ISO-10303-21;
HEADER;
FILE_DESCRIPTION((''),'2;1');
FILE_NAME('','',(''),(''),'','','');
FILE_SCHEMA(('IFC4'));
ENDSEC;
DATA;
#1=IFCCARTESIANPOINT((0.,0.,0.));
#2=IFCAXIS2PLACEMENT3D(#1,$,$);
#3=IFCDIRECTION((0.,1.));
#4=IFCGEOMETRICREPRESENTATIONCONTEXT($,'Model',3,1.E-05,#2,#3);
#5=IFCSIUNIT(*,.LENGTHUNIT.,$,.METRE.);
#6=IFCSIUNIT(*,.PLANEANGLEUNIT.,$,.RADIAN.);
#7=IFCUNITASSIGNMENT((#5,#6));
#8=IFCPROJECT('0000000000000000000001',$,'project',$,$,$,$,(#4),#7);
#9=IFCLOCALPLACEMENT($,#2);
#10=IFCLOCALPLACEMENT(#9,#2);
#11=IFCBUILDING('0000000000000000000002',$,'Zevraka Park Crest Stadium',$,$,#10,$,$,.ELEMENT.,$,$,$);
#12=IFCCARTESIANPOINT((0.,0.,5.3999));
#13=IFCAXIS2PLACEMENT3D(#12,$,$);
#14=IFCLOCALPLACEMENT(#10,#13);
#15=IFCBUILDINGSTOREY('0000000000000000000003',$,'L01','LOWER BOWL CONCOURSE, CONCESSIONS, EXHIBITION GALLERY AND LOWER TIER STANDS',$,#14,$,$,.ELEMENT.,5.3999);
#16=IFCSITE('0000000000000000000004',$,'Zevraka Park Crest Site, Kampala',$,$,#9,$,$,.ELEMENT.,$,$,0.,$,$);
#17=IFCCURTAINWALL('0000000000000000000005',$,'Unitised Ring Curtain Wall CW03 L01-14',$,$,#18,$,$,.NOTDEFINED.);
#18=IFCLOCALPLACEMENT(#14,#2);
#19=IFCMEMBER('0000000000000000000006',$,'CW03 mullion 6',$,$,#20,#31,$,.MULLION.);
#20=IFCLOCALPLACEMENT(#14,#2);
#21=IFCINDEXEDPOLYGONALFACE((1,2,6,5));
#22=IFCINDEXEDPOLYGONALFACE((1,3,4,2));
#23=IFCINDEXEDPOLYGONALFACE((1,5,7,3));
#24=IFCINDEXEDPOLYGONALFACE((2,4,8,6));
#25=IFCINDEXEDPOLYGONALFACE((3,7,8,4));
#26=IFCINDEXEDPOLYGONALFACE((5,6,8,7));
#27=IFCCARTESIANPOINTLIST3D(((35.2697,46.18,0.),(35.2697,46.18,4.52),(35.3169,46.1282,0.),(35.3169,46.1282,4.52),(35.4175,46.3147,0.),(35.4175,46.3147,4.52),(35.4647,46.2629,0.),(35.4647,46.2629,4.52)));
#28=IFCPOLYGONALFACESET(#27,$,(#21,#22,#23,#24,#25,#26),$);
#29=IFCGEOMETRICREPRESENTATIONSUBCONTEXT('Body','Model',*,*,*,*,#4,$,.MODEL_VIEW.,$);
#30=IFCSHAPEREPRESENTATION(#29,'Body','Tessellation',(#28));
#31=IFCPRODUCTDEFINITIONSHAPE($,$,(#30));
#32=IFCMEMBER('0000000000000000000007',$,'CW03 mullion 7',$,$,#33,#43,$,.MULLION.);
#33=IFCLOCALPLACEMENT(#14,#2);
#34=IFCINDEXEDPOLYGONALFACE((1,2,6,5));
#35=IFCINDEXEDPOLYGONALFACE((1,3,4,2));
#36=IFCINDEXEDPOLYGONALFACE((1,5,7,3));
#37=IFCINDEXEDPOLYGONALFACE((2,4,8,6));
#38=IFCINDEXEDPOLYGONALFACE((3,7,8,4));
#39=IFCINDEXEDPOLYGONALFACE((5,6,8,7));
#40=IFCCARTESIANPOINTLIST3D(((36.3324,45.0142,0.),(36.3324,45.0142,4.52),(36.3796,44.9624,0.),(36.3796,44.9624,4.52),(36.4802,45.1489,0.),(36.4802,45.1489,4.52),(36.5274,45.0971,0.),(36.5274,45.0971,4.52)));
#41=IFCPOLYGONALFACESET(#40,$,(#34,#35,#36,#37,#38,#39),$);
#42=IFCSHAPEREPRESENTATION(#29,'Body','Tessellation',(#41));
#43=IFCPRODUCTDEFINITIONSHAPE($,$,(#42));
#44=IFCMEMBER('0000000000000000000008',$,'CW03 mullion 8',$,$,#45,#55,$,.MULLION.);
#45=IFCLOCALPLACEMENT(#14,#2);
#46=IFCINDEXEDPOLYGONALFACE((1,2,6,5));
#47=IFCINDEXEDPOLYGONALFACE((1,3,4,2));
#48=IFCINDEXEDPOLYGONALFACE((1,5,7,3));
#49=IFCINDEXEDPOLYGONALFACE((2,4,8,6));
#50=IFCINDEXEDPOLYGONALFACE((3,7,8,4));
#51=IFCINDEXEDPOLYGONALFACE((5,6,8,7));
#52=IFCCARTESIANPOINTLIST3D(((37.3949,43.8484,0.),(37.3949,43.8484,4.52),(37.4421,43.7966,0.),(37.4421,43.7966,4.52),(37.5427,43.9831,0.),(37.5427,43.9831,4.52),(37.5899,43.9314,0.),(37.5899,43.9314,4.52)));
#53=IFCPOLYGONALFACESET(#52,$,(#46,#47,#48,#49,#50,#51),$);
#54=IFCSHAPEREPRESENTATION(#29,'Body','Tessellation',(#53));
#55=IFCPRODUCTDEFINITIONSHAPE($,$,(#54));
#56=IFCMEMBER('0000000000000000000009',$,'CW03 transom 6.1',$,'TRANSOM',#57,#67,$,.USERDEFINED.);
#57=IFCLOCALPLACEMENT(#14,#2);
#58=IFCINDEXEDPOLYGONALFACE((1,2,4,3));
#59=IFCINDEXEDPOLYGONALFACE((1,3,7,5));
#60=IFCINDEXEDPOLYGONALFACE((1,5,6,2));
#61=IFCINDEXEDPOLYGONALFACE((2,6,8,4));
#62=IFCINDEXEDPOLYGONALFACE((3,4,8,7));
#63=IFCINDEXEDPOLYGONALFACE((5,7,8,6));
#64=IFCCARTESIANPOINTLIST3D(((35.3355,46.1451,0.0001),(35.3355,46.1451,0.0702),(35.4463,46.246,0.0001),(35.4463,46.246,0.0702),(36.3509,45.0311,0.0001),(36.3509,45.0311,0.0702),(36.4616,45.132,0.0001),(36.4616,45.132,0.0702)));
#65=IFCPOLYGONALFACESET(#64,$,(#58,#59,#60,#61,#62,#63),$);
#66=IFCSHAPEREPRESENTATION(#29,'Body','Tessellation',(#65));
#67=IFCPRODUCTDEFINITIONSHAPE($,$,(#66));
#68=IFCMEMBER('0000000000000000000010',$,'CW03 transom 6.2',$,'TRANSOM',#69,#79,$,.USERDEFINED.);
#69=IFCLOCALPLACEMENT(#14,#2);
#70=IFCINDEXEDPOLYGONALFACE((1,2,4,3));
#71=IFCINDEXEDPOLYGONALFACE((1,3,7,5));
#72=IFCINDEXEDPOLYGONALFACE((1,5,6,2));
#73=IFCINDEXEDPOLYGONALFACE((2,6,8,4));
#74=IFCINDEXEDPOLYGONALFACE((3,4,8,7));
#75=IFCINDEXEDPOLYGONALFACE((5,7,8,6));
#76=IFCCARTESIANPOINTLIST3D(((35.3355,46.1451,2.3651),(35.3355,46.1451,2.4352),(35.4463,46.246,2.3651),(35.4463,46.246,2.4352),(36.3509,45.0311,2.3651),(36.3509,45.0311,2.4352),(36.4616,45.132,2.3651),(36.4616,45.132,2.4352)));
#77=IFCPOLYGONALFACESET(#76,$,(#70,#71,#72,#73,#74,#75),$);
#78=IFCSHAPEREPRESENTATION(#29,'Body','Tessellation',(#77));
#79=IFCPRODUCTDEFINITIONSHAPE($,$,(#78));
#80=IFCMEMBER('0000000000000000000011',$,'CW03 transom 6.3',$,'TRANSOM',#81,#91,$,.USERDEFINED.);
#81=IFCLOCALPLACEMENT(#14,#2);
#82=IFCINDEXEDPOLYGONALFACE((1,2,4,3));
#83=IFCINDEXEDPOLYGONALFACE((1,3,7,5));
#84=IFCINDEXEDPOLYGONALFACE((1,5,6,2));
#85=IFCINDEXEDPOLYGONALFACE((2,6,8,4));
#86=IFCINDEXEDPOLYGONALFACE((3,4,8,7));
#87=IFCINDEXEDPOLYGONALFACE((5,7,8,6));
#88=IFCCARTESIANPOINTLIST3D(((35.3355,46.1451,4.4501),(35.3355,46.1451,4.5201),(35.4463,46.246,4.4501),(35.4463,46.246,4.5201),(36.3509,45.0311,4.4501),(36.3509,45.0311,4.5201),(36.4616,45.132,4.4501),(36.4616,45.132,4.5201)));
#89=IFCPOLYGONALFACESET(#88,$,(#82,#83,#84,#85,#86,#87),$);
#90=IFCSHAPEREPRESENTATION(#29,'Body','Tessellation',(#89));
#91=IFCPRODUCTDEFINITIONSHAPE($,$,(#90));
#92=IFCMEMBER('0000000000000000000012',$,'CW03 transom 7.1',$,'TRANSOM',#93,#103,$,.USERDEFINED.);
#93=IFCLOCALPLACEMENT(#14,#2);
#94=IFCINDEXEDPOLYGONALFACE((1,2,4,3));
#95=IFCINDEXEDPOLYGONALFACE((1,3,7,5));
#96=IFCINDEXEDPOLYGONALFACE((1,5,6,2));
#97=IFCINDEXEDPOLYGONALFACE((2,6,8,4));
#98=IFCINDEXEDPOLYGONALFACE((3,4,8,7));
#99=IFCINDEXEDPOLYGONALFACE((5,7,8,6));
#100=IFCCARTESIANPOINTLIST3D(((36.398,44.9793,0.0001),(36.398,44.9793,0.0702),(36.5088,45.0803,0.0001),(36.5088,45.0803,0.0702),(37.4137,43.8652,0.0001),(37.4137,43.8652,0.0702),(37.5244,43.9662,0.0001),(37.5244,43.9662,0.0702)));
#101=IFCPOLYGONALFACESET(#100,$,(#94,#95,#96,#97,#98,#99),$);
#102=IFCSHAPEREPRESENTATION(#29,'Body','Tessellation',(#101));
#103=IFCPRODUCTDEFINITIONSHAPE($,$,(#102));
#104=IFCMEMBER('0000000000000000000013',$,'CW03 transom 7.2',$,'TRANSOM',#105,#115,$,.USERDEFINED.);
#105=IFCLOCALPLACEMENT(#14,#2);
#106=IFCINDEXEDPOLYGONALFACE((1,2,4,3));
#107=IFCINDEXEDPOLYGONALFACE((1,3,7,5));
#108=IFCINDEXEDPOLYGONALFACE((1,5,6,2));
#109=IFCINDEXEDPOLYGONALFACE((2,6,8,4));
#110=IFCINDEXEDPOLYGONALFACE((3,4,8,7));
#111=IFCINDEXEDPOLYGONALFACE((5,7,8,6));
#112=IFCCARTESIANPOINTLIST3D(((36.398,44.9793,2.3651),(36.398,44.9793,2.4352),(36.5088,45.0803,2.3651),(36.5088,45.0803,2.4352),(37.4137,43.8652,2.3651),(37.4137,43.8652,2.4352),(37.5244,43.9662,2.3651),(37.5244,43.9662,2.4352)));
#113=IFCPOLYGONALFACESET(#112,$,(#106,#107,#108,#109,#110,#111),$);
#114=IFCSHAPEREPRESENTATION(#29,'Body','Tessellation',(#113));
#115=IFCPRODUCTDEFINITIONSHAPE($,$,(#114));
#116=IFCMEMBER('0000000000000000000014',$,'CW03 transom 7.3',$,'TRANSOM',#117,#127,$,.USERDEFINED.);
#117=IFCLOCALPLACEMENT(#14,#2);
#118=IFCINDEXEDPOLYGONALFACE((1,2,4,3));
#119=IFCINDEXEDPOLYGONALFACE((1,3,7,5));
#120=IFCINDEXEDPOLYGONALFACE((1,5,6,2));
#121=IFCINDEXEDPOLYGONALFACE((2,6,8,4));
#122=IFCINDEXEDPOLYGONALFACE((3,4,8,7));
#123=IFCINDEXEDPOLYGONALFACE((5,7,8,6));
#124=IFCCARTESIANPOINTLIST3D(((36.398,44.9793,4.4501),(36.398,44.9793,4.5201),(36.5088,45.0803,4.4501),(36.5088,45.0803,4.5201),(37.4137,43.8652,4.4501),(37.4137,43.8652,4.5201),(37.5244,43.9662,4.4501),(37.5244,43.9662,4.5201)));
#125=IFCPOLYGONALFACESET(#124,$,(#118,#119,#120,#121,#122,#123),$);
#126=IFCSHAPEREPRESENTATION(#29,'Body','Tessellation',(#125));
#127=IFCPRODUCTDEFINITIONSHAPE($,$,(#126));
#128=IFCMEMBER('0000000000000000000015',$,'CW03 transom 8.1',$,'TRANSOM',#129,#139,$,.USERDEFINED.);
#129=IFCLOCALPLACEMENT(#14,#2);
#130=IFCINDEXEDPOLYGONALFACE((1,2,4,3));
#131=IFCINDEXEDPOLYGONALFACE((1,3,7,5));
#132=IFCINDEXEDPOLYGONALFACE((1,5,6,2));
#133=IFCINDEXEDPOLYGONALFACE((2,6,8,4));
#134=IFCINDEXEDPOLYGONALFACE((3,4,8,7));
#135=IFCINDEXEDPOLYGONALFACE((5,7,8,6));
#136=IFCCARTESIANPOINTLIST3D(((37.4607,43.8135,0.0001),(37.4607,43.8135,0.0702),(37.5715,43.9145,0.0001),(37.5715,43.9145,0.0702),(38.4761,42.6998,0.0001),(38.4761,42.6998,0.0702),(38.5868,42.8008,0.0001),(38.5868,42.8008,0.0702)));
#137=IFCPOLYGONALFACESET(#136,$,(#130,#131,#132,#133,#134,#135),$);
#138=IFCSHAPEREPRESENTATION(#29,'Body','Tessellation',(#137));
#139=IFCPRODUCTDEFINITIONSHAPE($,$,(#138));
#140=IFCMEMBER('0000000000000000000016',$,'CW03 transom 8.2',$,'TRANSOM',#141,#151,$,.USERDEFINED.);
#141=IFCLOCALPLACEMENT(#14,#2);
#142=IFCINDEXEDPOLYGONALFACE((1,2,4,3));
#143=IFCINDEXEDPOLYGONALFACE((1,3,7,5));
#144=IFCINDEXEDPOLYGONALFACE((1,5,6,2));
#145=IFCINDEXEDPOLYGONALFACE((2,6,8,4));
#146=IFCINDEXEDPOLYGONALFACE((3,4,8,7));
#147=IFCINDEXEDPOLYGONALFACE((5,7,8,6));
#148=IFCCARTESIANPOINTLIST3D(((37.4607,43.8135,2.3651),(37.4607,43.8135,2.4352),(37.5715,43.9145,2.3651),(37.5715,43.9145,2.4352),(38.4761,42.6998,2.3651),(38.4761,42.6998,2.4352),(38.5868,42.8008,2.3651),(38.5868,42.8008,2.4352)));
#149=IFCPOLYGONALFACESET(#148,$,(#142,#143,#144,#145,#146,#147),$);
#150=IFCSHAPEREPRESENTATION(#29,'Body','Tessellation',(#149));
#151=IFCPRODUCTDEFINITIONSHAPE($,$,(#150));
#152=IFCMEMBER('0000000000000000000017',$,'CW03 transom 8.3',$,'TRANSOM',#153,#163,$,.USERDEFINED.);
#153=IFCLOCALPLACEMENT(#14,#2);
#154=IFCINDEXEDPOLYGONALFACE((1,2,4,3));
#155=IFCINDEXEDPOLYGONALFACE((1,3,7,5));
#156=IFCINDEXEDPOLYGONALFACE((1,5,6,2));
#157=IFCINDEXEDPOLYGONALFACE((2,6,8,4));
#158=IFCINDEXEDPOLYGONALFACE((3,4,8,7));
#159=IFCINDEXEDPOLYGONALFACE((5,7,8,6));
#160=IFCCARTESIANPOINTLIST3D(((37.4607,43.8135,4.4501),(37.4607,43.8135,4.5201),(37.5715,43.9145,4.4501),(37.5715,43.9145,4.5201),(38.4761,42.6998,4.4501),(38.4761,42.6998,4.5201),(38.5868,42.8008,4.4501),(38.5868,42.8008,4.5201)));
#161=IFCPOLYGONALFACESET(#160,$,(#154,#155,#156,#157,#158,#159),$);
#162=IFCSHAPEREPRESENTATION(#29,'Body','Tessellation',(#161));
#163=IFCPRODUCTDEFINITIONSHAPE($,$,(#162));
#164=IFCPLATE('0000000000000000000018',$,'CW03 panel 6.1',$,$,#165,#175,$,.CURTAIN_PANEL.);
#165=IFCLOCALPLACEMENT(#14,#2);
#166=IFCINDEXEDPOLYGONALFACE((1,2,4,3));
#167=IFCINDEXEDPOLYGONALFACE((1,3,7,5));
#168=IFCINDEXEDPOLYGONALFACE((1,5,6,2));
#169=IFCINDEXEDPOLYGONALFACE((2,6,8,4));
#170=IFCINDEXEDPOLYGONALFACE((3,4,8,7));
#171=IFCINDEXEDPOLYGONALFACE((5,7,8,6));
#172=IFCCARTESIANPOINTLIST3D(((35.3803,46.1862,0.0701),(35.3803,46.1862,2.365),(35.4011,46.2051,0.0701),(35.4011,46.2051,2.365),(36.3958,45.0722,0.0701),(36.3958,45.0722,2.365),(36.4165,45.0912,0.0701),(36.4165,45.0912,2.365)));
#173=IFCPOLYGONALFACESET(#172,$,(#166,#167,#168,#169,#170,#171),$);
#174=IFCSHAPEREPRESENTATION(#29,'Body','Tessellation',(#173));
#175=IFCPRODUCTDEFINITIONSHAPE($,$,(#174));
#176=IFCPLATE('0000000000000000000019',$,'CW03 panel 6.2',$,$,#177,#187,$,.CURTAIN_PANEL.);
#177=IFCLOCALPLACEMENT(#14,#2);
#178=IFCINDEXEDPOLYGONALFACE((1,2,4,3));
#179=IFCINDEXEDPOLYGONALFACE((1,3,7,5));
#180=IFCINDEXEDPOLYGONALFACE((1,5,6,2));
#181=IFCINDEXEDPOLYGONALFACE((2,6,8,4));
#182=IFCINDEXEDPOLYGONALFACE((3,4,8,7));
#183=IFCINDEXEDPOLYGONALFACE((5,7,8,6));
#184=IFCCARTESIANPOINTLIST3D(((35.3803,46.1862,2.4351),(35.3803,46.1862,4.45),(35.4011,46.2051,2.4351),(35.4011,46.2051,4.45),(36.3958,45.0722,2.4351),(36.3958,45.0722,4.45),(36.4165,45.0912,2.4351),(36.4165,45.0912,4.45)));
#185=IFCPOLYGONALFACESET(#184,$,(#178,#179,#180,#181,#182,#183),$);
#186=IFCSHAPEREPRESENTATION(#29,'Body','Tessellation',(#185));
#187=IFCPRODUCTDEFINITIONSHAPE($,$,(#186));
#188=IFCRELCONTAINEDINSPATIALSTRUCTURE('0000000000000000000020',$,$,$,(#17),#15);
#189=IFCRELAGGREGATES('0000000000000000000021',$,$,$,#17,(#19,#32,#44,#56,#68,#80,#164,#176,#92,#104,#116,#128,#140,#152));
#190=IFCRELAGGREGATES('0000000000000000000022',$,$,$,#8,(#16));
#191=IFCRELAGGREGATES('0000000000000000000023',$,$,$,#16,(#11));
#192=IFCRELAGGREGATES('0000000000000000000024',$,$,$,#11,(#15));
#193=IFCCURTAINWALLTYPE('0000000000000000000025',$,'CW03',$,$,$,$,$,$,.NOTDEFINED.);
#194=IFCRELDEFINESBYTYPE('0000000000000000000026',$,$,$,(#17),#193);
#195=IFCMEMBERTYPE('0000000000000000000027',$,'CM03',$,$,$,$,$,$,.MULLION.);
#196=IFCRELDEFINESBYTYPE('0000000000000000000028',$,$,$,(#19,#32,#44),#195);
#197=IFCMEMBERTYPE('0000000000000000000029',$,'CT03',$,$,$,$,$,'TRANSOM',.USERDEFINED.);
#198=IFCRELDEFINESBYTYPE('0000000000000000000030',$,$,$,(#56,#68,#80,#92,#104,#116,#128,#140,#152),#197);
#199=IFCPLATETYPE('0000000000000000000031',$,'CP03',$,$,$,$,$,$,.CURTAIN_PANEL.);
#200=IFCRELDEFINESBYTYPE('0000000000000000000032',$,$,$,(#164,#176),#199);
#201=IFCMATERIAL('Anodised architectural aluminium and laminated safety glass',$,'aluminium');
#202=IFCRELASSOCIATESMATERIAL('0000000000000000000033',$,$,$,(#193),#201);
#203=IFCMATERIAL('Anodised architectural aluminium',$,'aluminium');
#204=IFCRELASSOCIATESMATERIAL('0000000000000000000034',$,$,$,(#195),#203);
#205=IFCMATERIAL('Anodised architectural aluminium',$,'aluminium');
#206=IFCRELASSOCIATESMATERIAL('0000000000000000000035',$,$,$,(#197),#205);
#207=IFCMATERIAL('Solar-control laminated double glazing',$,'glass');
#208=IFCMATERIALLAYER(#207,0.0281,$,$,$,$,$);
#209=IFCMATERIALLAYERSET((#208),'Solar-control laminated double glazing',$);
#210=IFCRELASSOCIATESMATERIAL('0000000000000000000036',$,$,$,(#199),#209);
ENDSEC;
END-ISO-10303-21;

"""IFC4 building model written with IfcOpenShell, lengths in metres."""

from ifc_helpers import new_model, si_unit, direction, frame, origin, origin_2d, place, context, subcontext, project, spatial, rectangle, extrude, material, layer, layer_set, material_profile, profile_set, type_object, element, aggregate, save


model = new_model("IFC4")

# Units and contexts
model_context = context("Model", 3, precision=1e-05, world=origin(), true_north=direction((0.0, 1.0)))
body_context = subcontext(model_context, "Body", "Model", "MODEL_VIEW")
ifc_project = project(units=[si_unit("LENGTHUNIT", "METRE"), si_unit("PLANEANGLEUNIT", "RADIAN")], contexts=[model_context])

# Site, building, storey
site_placement = place(None, origin())
site = spatial("IfcSite", under=ifc_project, at=site_placement, Name="Zevraka Park Crest Site, Kampala", CompositionType="ELEMENT", RefElevation=0.0)
building_placement = place(site_placement, origin())
building = spatial("IfcBuilding", under=site, at=building_placement, Name="Zevraka Park Crest Stadium", CompositionType="ELEMENT")
storey_placement = place(building_placement, frame((0.0, 0.0, 5.3999)))
storey = spatial("IfcBuildingStorey", under=building, at=storey_placement, Name="L01", Description="LOWER BOWL CONCOURSE, CONCESSIONS, EXHIBITION GALLERY AND LOWER TIER STANDS", CompositionType="ELEMENT", Elevation=5.3999)

# Curtain wall, members, plates
ifc_material_1 = material(Name="Anodised architectural aluminium and laminated safety glass", Category="aluminium")
curtain_wall_type = type_object("IfcCurtainWallType", Name="CW03", PredefinedType="NOTDEFINED", material=ifc_material_1)
curtain_wall_placement = place(storey_placement, origin())
curtain_wall = element("IfcCurtainWall", 1, at=curtain_wall_placement, inside=storey, type_object=curtain_wall_type, Name="Unitised Ring Curtain Wall CW03 L01-14", PredefinedType="NOTDEFINED")
ifc_material_2 = material(Name="Anodised architectural aluminium", Category="aluminium")
ifc_material_profile_1 = material_profile(ifc_material_2, rectangle(XDim=0.2, YDim=0.0701, at=origin_2d()), Name="ALU MULLION 200x70")
ifc_profile_set_1 = profile_set([ifc_material_profile_1], Name="Anodised architectural aluminium")
member_type_1 = type_object("IfcMemberType", Name="CM03", PredefinedType="MULLION", material=ifc_profile_set_1)
member_1_placement = place(storey_placement, frame((35.3672, 46.2214, 0.0), z_axis=(0.0, 0.0, 1.0), x_axis=(0.739023, 0.67368, 0.0)))
member_1 = element("IfcMember", 2, at=member_1_placement, type_object=member_type_1, Name="CW03 mullion 6", PredefinedType="MULLION", context=body_context, shape_type="SweptSolid", body=[
    extrude(rectangle(XDim=0.2, YDim=0.0701, at=origin_2d()), origin(), (0.0, 0.0, 1.0), 4.52),
])
member_2_placement = place(storey_placement, frame((36.4299, 45.0557, 0.0), z_axis=(0.0, 0.0, 1.0), x_axis=(0.739023, 0.67368, 0.0)))
member_2 = element("IfcMember", 3, at=member_2_placement, type_object=member_type_1, Name="CW03 mullion 7", PredefinedType="MULLION", context=body_context, shape_type="SweptSolid", body=[
    extrude(rectangle(XDim=0.2, YDim=0.0701, at=origin_2d()), origin(), (0.0, 0.0, 1.0), 4.52),
])
member_3_placement = place(storey_placement, frame((37.4924, 43.8899, 0.0), z_axis=(0.0, 0.0, 1.0), x_axis=(0.739023, 0.67368, 0.0)))
member_3 = element("IfcMember", 4, at=member_3_placement, type_object=member_type_1, Name="CW03 mullion 8", PredefinedType="MULLION", context=body_context, shape_type="SweptSolid", body=[
    extrude(rectangle(XDim=0.2, YDim=0.0701, at=origin_2d()), origin(), (0.0, 0.0, 1.0), 4.52),
])
ifc_material_3 = material(Name="Anodised architectural aluminium", Category="aluminium")
ifc_material_profile_2 = material_profile(ifc_material_3, rectangle(XDim=0.1499, YDim=0.0701, at=origin_2d()), Name="ALU TRANSOM 150x70")
ifc_profile_set_2 = profile_set([ifc_material_profile_2], Name="Anodised architectural aluminium")
member_type_2 = type_object("IfcMemberType", Name="CT03", ElementType="TRANSOM", PredefinedType="USERDEFINED", material=ifc_profile_set_2)
member_4_placement = place(storey_placement, frame((35.3909, 46.1956, 0.0352), z_axis=(0.673632, -0.739067, 0.0), x_axis=(0.739067, 0.673632, 0.0)))
member_4 = element("IfcMember", 5, at=member_4_placement, type_object=member_type_2, Name="CW03 transom 6.1", ObjectType="TRANSOM", PredefinedType="USERDEFINED", context=body_context, shape_type="SweptSolid", body=[
    extrude(rectangle(XDim=0.1499, YDim=0.0701, at=origin_2d()), origin(), (0.0, 0.0, 1.0), 1.5073),
])
member_5_placement = place(storey_placement, frame((35.3909, 46.1956, 2.4001), z_axis=(0.673632, -0.739067, 0.0), x_axis=(0.739067, 0.673632, 0.0)))
member_5 = element("IfcMember", 6, at=member_5_placement, type_object=member_type_2, Name="CW03 transom 6.2", ObjectType="TRANSOM", PredefinedType="USERDEFINED", context=body_context, shape_type="SweptSolid", body=[
    extrude(rectangle(XDim=0.1499, YDim=0.0701, at=origin_2d()), origin(), (0.0, 0.0, 1.0), 1.5073),
])
member_6_placement = place(storey_placement, frame((35.3909, 46.1956, 4.4851), z_axis=(0.673632, -0.739067, 0.0), x_axis=(0.739067, 0.673632, 0.0)))
member_6 = element("IfcMember", 7, at=member_6_placement, type_object=member_type_2, Name="CW03 transom 6.3", ObjectType="TRANSOM", PredefinedType="USERDEFINED", context=body_context, shape_type="SweptSolid", body=[
    extrude(rectangle(XDim=0.1499, YDim=0.0701, at=origin_2d()), origin(), (0.0, 0.0, 1.0), 1.5073),
])
member_7_placement = place(storey_placement, frame((36.4534, 45.0298, 0.0352), z_axis=(0.67372, -0.738987, 0.0), x_axis=(0.738987, 0.67372, 0.0)))
member_7 = element("IfcMember", 8, at=member_7_placement, type_object=member_type_2, Name="CW03 transom 7.1", ObjectType="TRANSOM", PredefinedType="USERDEFINED", context=body_context, shape_type="SweptSolid", body=[
    extrude(rectangle(XDim=0.1499, YDim=0.0701, at=origin_2d()), origin(), (0.0, 0.0, 1.0), 1.5076),
])
member_8_placement = place(storey_placement, frame((36.4534, 45.0298, 2.4001), z_axis=(0.67372, -0.738987, 0.0), x_axis=(0.738987, 0.67372, 0.0)))
member_8 = element("IfcMember", 9, at=member_8_placement, type_object=member_type_2, Name="CW03 transom 7.2", ObjectType="TRANSOM", PredefinedType="USERDEFINED", context=body_context, shape_type="SweptSolid", body=[
    extrude(rectangle(XDim=0.1499, YDim=0.0701, at=origin_2d()), origin(), (0.0, 0.0, 1.0), 1.5076),
])
member_9_placement = place(storey_placement, frame((36.4534, 45.0298, 4.4851), z_axis=(0.67372, -0.738987, 0.0), x_axis=(0.738987, 0.67372, 0.0)))
member_9 = element("IfcMember", 10, at=member_9_placement, type_object=member_type_2, Name="CW03 transom 7.3", ObjectType="TRANSOM", PredefinedType="USERDEFINED", context=body_context, shape_type="SweptSolid", body=[
    extrude(rectangle(XDim=0.1499, YDim=0.0701, at=origin_2d()), origin(), (0.0, 0.0, 1.0), 1.5076),
])
member_10_placement = place(storey_placement, frame((37.5161, 43.864, 0.0352), z_axis=(0.673712, -0.738994, 0.0), x_axis=(0.738994, 0.673712, 0.0)))
member_10 = element("IfcMember", 11, at=member_10_placement, type_object=member_type_2, Name="CW03 transom 8.1", ObjectType="TRANSOM", PredefinedType="USERDEFINED", context=body_context, shape_type="SweptSolid", body=[
    extrude(rectangle(XDim=0.1499, YDim=0.0701, at=origin_2d()), origin(), (0.0, 0.0, 1.0), 1.5071),
])
member_11_placement = place(storey_placement, frame((37.5161, 43.864, 2.4001), z_axis=(0.673712, -0.738994, 0.0), x_axis=(0.738994, 0.673712, 0.0)))
member_11 = element("IfcMember", 12, at=member_11_placement, type_object=member_type_2, Name="CW03 transom 8.2", ObjectType="TRANSOM", PredefinedType="USERDEFINED", context=body_context, shape_type="SweptSolid", body=[
    extrude(rectangle(XDim=0.1499, YDim=0.0701, at=origin_2d()), origin(), (0.0, 0.0, 1.0), 1.5071),
])
member_12_placement = place(storey_placement, frame((37.5161, 43.864, 4.4851), z_axis=(0.673712, -0.738994, 0.0), x_axis=(0.738994, 0.673712, 0.0)))
member_12 = element("IfcMember", 13, at=member_12_placement, type_object=member_type_2, Name="CW03 transom 8.3", ObjectType="TRANSOM", PredefinedType="USERDEFINED", context=body_context, shape_type="SweptSolid", body=[
    extrude(rectangle(XDim=0.1499, YDim=0.0701, at=origin_2d()), origin(), (0.0, 0.0, 1.0), 1.5071),
])
ifc_material_4 = material(Name="Solar-control laminated double glazing", Category="glass")
ifc_layer_1 = layer(ifc_material_4, 0.0281)
ifc_layer_set_1 = layer_set([ifc_layer_1], Name="Solar-control laminated double glazing")
plate_type = type_object("IfcPlateType", Name="CP03", PredefinedType="CURTAIN_PANEL", material=ifc_layer_set_1)
plate_1_placement = place(storey_placement, frame((35.8984, 45.6387, 0.0701), z_axis=(0.0, 0.0, 1.0), x_axis=(0.67368, -0.739023, 0.0)))
plate_1 = element("IfcPlate", 14, at=plate_1_placement, type_object=plate_type, Name="CW03 panel 6.1", PredefinedType="CURTAIN_PANEL", context=body_context, shape_type="SweptSolid", body=[
    extrude(rectangle(XDim=1.5073, YDim=0.0281, at=origin_2d()), origin(), (0.0, 0.0, 1.0), 2.2949),
])
plate_2_placement = place(storey_placement, frame((35.8984, 45.6387, 2.4351), z_axis=(0.0, 0.0, 1.0), x_axis=(0.67368, -0.739023, 0.0)))
plate_2 = element("IfcPlate", 15, at=plate_2_placement, type_object=plate_type, Name="CW03 panel 6.2", PredefinedType="CURTAIN_PANEL", context=body_context, shape_type="SweptSolid", body=[
    extrude(rectangle(XDim=1.5073, YDim=0.0281, at=origin_2d()), origin(), (0.0, 0.0, 1.0), 2.0149),
])
aggregate(curtain_wall, [member_1, member_2, member_3, member_4, member_5, member_6, plate_1, plate_2, member_7, member_8, member_9, member_10, member_11, member_12])

save(model, "model.ifc")
